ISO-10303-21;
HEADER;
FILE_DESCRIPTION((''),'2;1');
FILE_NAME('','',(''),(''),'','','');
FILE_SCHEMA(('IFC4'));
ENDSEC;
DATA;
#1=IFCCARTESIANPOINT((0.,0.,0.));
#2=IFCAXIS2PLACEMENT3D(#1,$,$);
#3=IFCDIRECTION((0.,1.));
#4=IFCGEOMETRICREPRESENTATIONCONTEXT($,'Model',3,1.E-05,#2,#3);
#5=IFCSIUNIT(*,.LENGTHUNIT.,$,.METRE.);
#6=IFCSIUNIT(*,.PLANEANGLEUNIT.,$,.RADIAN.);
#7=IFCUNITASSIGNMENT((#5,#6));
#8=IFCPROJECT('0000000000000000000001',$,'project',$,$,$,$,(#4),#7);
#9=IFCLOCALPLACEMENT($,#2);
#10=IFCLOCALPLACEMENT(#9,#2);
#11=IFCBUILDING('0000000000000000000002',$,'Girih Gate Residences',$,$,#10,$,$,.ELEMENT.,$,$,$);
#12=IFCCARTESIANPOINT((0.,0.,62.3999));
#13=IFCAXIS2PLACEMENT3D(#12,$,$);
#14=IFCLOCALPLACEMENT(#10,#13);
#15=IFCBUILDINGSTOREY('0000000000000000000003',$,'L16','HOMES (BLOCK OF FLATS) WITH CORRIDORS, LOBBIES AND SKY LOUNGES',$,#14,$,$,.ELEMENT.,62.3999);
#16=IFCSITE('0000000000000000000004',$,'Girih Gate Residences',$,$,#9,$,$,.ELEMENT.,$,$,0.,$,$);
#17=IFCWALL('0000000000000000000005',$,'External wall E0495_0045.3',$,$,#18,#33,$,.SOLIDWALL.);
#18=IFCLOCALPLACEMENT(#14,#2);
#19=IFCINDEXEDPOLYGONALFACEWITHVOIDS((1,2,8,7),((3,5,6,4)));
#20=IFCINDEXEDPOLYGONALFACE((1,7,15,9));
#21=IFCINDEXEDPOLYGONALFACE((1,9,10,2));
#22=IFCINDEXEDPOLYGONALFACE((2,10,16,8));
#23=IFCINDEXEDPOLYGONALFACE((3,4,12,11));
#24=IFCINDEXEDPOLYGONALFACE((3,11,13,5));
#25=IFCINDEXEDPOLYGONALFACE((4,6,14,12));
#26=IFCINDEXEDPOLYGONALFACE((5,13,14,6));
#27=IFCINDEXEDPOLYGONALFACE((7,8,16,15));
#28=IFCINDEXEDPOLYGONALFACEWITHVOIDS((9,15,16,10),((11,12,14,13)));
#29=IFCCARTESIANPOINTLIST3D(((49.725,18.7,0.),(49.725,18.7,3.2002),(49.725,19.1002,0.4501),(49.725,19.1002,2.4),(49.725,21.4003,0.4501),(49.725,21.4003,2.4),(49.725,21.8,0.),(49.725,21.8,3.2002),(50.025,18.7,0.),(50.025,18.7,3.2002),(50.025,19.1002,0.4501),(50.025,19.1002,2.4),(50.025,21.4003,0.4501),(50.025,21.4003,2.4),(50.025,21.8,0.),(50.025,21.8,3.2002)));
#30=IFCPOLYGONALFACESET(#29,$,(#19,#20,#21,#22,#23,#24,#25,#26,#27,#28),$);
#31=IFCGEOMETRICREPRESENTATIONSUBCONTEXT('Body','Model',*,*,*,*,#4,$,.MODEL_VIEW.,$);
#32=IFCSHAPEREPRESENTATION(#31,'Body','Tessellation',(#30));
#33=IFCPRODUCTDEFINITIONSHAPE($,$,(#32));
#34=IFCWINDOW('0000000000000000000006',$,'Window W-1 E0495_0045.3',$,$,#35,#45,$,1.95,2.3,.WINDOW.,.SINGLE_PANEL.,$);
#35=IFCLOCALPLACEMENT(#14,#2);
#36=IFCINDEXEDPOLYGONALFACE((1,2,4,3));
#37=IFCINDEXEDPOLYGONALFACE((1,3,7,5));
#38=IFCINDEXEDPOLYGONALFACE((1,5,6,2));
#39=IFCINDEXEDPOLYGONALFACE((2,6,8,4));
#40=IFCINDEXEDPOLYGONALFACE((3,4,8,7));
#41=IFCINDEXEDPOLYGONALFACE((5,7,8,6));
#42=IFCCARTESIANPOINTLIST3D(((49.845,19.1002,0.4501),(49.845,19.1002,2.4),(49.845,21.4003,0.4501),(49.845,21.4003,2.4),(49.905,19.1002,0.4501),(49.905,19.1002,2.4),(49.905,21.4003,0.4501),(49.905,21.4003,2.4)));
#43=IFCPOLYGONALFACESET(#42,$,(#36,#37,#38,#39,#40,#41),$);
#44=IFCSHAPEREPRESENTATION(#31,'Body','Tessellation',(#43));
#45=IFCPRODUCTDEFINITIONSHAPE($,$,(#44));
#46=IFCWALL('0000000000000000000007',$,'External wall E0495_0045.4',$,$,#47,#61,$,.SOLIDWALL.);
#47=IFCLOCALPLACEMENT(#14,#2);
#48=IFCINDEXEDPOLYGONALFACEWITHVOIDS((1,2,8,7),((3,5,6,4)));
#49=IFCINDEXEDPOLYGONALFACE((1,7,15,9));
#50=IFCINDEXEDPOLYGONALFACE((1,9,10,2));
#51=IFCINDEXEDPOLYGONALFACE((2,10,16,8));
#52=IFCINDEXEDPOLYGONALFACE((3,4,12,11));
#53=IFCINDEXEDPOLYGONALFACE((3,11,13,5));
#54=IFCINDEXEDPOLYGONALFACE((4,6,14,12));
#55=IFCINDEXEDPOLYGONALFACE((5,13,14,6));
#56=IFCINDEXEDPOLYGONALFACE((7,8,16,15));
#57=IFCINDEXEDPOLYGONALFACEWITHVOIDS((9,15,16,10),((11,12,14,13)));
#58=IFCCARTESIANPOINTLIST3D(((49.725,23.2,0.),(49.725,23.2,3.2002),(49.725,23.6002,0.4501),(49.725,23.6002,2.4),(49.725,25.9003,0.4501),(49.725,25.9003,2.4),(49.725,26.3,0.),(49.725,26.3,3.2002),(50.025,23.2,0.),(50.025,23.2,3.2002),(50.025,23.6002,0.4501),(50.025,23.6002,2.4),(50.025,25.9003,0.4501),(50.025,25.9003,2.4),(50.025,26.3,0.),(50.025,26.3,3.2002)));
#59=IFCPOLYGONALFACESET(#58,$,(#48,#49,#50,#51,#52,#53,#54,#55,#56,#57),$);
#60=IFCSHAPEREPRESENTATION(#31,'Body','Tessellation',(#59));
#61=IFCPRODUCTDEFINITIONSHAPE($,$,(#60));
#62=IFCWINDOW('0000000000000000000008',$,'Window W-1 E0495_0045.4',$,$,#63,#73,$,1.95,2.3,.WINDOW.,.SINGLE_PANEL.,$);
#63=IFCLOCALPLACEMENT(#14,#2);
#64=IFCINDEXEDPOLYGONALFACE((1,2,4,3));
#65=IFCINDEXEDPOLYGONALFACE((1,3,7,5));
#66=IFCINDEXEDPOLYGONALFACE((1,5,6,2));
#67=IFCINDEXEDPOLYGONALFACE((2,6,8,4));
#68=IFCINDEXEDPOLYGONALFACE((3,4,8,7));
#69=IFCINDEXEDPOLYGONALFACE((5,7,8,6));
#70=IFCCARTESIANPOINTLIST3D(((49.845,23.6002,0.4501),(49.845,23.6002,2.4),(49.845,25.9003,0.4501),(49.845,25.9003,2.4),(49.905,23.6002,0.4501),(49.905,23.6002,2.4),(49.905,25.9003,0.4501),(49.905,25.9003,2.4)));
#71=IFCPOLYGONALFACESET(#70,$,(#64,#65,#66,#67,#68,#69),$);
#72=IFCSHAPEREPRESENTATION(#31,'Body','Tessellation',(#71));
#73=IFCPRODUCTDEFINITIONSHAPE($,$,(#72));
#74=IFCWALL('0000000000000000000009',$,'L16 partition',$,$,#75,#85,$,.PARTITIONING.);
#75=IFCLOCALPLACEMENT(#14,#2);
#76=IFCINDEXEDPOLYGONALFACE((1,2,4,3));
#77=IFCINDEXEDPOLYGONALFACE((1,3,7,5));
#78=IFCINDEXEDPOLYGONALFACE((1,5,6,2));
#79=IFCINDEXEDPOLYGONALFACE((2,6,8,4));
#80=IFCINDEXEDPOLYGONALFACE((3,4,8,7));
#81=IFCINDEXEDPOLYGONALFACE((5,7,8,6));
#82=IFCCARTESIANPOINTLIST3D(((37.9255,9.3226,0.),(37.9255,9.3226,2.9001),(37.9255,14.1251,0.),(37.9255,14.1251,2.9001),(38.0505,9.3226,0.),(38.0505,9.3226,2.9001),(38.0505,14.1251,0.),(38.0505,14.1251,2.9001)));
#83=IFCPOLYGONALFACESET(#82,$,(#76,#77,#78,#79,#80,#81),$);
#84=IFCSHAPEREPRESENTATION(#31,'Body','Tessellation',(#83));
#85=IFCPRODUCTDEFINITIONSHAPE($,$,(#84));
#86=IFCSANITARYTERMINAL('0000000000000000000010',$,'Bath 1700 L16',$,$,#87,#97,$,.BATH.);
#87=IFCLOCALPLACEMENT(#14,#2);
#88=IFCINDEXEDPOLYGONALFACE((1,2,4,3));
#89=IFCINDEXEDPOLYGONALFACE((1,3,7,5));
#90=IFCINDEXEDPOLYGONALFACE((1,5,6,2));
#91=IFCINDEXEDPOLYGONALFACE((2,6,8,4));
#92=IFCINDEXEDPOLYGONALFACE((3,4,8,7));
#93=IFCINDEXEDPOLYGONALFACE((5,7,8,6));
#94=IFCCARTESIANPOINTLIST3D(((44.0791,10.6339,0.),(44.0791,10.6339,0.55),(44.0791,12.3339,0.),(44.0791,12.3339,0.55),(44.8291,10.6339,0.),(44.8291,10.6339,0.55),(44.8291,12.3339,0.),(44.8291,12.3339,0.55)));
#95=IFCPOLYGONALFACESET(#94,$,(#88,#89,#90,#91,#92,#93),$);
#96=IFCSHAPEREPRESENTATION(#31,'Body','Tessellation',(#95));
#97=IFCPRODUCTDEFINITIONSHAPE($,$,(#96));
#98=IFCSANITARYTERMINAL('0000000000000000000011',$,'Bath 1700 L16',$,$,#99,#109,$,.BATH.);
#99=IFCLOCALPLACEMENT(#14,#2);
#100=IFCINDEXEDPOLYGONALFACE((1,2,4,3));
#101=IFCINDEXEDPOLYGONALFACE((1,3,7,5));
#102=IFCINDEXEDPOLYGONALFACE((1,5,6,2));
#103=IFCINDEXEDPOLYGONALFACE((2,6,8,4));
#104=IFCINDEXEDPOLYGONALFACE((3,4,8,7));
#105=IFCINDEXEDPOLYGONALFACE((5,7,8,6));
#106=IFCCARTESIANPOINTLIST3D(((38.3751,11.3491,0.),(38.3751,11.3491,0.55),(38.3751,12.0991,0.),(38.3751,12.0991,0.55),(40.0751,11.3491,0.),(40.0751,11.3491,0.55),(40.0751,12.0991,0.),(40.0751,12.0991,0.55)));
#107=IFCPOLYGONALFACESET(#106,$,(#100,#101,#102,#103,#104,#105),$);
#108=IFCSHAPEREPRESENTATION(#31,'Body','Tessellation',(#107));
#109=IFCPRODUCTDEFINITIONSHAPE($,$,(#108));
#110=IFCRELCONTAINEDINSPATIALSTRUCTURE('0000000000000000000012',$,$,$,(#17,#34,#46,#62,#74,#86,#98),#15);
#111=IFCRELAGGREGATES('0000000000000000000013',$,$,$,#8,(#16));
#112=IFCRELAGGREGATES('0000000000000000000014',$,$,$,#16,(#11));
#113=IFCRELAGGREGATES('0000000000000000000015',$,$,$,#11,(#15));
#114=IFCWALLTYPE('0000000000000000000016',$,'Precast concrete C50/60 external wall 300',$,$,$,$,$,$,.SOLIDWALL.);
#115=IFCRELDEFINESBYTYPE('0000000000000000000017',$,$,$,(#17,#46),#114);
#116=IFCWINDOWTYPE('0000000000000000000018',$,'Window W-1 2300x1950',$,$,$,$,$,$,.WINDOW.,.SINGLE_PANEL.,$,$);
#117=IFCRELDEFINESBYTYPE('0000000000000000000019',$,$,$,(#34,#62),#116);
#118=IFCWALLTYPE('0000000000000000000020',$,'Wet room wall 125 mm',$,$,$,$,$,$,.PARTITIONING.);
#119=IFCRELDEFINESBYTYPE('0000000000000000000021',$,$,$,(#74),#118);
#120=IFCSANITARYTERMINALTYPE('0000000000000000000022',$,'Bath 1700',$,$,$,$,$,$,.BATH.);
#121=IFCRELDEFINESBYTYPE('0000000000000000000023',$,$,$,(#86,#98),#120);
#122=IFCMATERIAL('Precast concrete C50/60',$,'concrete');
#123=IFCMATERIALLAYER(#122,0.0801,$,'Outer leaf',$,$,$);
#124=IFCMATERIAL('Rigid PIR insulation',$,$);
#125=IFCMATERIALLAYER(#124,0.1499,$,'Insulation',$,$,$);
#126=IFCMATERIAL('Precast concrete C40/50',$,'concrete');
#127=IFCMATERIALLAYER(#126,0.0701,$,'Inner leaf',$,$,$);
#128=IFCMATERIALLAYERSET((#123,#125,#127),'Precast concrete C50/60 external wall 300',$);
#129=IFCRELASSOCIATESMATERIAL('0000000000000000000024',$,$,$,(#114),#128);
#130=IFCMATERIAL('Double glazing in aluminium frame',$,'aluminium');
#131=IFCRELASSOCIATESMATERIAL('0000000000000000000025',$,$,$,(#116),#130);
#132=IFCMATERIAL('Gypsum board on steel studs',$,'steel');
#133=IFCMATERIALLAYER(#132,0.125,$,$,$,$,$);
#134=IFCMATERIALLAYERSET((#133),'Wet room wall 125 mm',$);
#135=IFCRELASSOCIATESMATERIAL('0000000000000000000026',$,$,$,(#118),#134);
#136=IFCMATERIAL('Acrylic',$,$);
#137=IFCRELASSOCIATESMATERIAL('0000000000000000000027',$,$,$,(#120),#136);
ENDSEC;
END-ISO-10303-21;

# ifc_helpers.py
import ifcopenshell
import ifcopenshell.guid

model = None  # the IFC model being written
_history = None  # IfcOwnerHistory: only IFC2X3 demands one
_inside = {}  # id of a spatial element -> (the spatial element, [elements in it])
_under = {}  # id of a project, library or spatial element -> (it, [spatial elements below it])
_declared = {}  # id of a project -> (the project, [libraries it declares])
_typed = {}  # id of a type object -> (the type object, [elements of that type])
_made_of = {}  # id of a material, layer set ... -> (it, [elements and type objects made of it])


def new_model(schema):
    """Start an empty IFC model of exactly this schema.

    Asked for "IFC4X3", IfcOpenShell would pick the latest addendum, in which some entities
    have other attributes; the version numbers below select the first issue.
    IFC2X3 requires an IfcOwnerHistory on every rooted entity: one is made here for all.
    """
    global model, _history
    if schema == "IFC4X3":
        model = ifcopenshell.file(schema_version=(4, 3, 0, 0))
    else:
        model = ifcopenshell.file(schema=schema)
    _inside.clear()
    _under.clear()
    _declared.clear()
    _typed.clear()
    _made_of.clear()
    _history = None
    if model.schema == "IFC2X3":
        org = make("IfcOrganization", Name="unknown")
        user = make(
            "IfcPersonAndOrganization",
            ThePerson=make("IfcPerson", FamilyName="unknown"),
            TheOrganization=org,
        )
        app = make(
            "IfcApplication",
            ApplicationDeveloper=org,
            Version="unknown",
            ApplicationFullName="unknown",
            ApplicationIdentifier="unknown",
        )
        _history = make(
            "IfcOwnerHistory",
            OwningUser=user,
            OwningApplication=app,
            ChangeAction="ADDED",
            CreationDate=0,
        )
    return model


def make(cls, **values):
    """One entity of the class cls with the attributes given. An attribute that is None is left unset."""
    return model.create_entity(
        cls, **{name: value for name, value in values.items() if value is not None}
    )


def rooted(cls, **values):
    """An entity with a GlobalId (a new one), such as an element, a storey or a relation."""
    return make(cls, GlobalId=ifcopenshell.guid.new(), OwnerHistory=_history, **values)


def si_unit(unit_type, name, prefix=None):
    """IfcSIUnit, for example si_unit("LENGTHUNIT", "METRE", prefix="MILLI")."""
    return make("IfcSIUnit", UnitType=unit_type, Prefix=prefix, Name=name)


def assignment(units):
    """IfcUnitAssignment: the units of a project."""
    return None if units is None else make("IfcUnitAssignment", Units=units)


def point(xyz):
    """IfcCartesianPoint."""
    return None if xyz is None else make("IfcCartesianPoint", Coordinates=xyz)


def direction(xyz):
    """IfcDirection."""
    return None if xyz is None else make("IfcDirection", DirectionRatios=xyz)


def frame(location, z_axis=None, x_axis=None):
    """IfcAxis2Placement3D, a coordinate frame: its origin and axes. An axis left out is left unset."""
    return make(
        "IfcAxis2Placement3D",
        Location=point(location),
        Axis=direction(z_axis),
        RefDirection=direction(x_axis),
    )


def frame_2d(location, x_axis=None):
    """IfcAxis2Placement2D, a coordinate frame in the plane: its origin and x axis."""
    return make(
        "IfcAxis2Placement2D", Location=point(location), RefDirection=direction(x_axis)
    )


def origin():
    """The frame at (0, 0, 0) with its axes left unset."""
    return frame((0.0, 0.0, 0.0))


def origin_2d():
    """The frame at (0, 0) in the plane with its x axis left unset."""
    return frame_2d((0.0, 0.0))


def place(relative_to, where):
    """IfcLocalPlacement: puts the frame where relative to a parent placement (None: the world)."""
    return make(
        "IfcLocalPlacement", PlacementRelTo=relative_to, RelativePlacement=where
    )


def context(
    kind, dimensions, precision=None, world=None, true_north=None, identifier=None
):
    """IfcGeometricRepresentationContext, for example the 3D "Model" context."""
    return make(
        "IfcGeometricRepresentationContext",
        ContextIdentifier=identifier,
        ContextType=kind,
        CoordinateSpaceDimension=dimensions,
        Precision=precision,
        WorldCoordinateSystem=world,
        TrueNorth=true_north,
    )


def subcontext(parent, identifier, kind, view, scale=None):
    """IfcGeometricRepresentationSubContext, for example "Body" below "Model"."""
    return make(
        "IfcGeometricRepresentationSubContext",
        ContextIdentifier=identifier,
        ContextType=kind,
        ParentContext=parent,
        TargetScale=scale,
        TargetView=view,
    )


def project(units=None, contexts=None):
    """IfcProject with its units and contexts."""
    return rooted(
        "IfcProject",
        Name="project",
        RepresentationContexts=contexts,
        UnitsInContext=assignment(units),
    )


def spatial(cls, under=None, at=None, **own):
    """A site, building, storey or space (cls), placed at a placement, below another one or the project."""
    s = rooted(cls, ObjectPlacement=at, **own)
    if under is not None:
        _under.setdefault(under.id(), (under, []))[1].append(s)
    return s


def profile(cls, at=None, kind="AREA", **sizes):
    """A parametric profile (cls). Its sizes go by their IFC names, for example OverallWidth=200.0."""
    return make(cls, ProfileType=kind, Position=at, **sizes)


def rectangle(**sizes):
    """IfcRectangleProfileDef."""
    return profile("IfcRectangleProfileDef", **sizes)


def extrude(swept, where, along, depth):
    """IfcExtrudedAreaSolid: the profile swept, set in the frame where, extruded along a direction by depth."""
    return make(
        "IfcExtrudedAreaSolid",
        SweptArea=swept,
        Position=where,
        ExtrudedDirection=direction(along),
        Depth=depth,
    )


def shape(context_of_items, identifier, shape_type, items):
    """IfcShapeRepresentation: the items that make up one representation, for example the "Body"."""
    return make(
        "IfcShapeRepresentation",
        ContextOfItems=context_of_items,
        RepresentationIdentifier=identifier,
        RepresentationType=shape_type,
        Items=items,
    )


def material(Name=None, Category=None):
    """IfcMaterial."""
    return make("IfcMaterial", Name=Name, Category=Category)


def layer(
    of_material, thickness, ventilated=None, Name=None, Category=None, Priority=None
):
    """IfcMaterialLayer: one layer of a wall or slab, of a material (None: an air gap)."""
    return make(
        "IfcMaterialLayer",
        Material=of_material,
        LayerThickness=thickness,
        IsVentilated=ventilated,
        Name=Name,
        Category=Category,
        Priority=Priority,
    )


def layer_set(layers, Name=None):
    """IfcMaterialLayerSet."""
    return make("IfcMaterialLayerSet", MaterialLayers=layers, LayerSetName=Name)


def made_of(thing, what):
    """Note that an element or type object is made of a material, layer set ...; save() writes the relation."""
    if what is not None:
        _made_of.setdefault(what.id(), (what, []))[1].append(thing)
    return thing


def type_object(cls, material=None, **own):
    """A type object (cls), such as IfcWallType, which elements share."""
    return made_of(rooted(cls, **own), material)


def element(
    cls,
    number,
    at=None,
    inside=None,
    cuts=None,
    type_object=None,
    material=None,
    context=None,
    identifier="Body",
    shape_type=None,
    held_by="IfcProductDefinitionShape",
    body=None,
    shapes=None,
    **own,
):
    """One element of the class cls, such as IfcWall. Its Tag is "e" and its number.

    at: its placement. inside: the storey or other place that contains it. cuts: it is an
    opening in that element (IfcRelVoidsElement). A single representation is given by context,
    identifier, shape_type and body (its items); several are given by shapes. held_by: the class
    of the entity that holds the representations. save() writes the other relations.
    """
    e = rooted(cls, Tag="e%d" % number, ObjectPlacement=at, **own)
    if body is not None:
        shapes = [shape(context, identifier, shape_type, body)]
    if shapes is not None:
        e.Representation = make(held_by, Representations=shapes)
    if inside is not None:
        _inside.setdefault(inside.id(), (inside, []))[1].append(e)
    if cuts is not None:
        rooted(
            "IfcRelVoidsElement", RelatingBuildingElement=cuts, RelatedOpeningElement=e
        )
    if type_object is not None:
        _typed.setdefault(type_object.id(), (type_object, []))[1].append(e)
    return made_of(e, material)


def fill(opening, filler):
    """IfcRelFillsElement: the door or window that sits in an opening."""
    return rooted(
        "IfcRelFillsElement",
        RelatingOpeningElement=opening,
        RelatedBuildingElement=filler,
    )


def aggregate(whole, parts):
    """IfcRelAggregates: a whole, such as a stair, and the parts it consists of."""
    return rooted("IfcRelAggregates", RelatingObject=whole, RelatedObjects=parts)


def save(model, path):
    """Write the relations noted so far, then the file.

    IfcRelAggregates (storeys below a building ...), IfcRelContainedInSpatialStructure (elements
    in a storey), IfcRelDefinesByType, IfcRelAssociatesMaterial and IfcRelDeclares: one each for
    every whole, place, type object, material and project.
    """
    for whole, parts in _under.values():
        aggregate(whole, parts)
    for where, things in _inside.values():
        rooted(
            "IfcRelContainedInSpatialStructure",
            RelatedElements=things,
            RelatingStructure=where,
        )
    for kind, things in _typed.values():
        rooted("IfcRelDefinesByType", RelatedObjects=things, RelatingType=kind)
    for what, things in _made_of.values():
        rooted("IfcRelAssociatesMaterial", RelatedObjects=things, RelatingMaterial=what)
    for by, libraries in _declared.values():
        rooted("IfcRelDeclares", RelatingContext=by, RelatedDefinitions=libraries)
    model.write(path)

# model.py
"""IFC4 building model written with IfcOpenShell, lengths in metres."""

from ifc_helpers import new_model, si_unit, direction, frame, frame_2d, origin, origin_2d, place, context, subcontext, project, spatial, rectangle, extrude, material, layer, layer_set, type_object, element, fill, save


model = new_model("IFC4")

# Units and contexts
model_context = context("Model", 3, precision=1e-05, world=origin(), true_north=direction((0.0, 1.0)))
body_context = subcontext(model_context, "Body", "Model", "MODEL_VIEW")
ifc_project = project(units=[si_unit("LENGTHUNIT", "METRE"), si_unit("PLANEANGLEUNIT", "RADIAN")], contexts=[model_context])

# Site, building, storey
site_placement = place(None, origin())
site = spatial("IfcSite", under=ifc_project, at=site_placement, Name="Girih Gate Residences", CompositionType="ELEMENT", RefElevation=0.0)
building_placement = place(site_placement, origin())
building = spatial("IfcBuilding", under=site, at=building_placement, Name="Girih Gate Residences", CompositionType="ELEMENT")
storey_placement = place(building_placement, frame((0.0, 0.0, 62.3999)))
storey = spatial("IfcBuildingStorey", under=building, at=storey_placement, Name="L16", Description="HOMES (BLOCK OF FLATS) WITH CORRIDORS, LOBBIES AND SKY LOUNGES", CompositionType="ELEMENT", Elevation=62.3999)

# Shared definitions
ifc_material_1 = material(Name="Gypsum board on steel studs", Category="steel")

# Walls, openings, windows
ifc_material_2 = material(Name="Precast concrete C50/60", Category="concrete")
ifc_layer_1 = layer(ifc_material_2, 0.0801, Name="Outer leaf")
ifc_material_3 = material(Name="Rigid PIR insulation")
ifc_layer_2 = layer(ifc_material_3, 0.1499, Name="Insulation")
ifc_material_4 = material(Name="Precast concrete C40/50", Category="concrete")
ifc_layer_3 = layer(ifc_material_4, 0.0701, Name="Inner leaf")
ifc_layer_set_1 = layer_set([ifc_layer_1, ifc_layer_2, ifc_layer_3], Name="Precast concrete C50/60 external wall 300")
wall_type_1 = type_object("IfcWallType", Name="Precast concrete C50/60 external wall 300", PredefinedType="SOLIDWALL", material=ifc_layer_set_1)
ifc_material_5 = material(Name="Double glazing in aluminium frame", Category="aluminium")
window_type = type_object("IfcWindowType", Name="Window W-1 2300x1950", PartitioningType="SINGLE_PANEL", PredefinedType="WINDOW", material=ifc_material_5)
wall_1_placement = place(storey_placement, frame((49.875, 21.8, 0.0), z_axis=(0.0, 0.0, 1.0), x_axis=(0.0, -1.0, 0.0)))
wall_1 = element("IfcWall", 1, at=wall_1_placement, inside=storey, type_object=wall_type_1, Name="External wall E0495_0045.3", PredefinedType="SOLIDWALL", context=body_context, shape_type="SweptSolid", body=[
    extrude(rectangle(XDim=3.1001, YDim=0.3, at=frame_2d((1.55, 0.0))), origin(), (0.0, 0.0, 1.0), 3.2002),
])
opening_1_placement = place(wall_1_placement, frame((0.3999, 0.0, 0.45)))
opening_1 = element("IfcOpeningElement", 2, at=opening_1_placement, cuts=wall_1, PredefinedType="OPENING", context=body_context, shape_type="SweptSolid", body=[
    extrude(rectangle(XDim=2.3, YDim=1.95, at=frame_2d((1.1499, 0.9751))), frame((0.0, 0.1599, 0.0), z_axis=(0.0, -1.0, 0.0), x_axis=(1.0, 0.0, 0.0)), (0.0, 0.0, 1.0), 0.3201),
])
window_1_placement = place(opening_1_placement, origin())
window_1 = element("IfcWindow", 3, at=window_1_placement, inside=storey, type_object=window_type, Name="Window W-1 E0495_0045.3", OverallHeight=1.95, OverallWidth=2.3, PartitioningType="SINGLE_PANEL", PredefinedType="WINDOW", context=body_context, shape_type="SweptSolid", body=[
    extrude(rectangle(XDim=2.3, YDim=1.95, at=frame_2d((1.1499, 0.9751))), frame((0.0, 0.03, 0.0), z_axis=(0.0, -1.0, 0.0), x_axis=(1.0, 0.0, 0.0)), (0.0, 0.0, 1.0), 0.0601),
])
fill(opening_1, window_1)
wall_2_placement = place(storey_placement, frame((49.875, 26.3, 0.0), z_axis=(0.0, 0.0, 1.0), x_axis=(0.0, -1.0, 0.0)))
wall_2 = element("IfcWall", 4, at=wall_2_placement, inside=storey, type_object=wall_type_1, Name="External wall E0495_0045.4", PredefinedType="SOLIDWALL", context=body_context, shape_type="SweptSolid", body=[
    extrude(rectangle(XDim=3.1001, YDim=0.3, at=frame_2d((1.55, 0.0))), origin(), (0.0, 0.0, 1.0), 3.2002),
])
opening_2_placement = place(wall_2_placement, frame((0.3999, 0.0, 0.45)))
opening_2 = element("IfcOpeningElement", 5, at=opening_2_placement, cuts=wall_2, PredefinedType="OPENING", context=body_context, shape_type="SweptSolid", body=[
    extrude(rectangle(XDim=2.3, YDim=1.95, at=frame_2d((1.1499, 0.9751))), frame((0.0, 0.1599, 0.0), z_axis=(0.0, -1.0, 0.0), x_axis=(1.0, 0.0, 0.0)), (0.0, 0.0, 1.0), 0.3201),
])
window_2_placement = place(opening_2_placement, origin())
window_2 = element("IfcWindow", 6, at=window_2_placement, inside=storey, type_object=window_type, Name="Window W-1 E0495_0045.4", OverallHeight=1.95, OverallWidth=2.3, PartitioningType="SINGLE_PANEL", PredefinedType="WINDOW", context=body_context, shape_type="SweptSolid", body=[
    extrude(rectangle(XDim=2.3, YDim=1.95, at=frame_2d((1.1499, 0.9751))), frame((0.0, 0.03, 0.0), z_axis=(0.0, -1.0, 0.0), x_axis=(1.0, 0.0, 0.0)), (0.0, 0.0, 1.0), 0.0601),
])
fill(opening_2, window_2)

# Wall
ifc_layer_4 = layer(ifc_material_1, 0.125)
ifc_layer_set_2 = layer_set([ifc_layer_4], Name="Wet room wall 125 mm")
wall_type_2 = type_object("IfcWallType", Name="Wet room wall 125 mm", PredefinedType="PARTITIONING", material=ifc_layer_set_2)
wall_3_placement = place(storey_placement, frame((37.988, 9.3225, 0.0), z_axis=(0.0, 0.0, 1.0), x_axis=(0.0, 1.0, 0.0)))
element("IfcWall", 7, at=wall_3_placement, inside=storey, type_object=wall_type_2, Name="L16 partition", PredefinedType="PARTITIONING", context=body_context, shape_type="SweptSolid", body=[
    extrude(rectangle(XDim=4.8025, YDim=0.125, at=frame_2d((2.4014, 0.0))), origin(), (0.0, 0.0, 1.0), 2.9001),
])

# Sanitary terminals
ifc_material_6 = material(Name="Acrylic")
sanitary_terminal_type = type_object("IfcSanitaryTerminalType", Name="Bath 1700", PredefinedType="BATH", material=ifc_material_6)
sanitary_terminal_1_placement = place(storey_placement, frame((44.4541, 11.4839, 0.0), z_axis=(0.0, 0.0, 1.0), x_axis=(1.0, 0.0, 0.0)))
element("IfcSanitaryTerminal", 8, at=sanitary_terminal_1_placement, inside=storey, type_object=sanitary_terminal_type, Name="Bath 1700 L16", PredefinedType="BATH", context=body_context, shape_type="SweptSolid", body=[
    extrude(rectangle(XDim=0.75, YDim=1.7, at=origin_2d()), origin(), (0.0, 0.0, 1.0), 0.55),
])
sanitary_terminal_2_placement = place(storey_placement, frame((39.2251, 11.7241, 0.0), z_axis=(0.0, 0.0, 1.0), x_axis=(1.0, 0.0, 0.0)))
element("IfcSanitaryTerminal", 9, at=sanitary_terminal_2_placement, inside=storey, type_object=sanitary_terminal_type, Name="Bath 1700 L16", PredefinedType="BATH", context=body_context, shape_type="SweptSolid", body=[
    extrude(rectangle(XDim=1.7, YDim=0.75, at=origin_2d()), origin(), (0.0, 0.0, 1.0), 0.55),
])

save(model, "model.ifc")
